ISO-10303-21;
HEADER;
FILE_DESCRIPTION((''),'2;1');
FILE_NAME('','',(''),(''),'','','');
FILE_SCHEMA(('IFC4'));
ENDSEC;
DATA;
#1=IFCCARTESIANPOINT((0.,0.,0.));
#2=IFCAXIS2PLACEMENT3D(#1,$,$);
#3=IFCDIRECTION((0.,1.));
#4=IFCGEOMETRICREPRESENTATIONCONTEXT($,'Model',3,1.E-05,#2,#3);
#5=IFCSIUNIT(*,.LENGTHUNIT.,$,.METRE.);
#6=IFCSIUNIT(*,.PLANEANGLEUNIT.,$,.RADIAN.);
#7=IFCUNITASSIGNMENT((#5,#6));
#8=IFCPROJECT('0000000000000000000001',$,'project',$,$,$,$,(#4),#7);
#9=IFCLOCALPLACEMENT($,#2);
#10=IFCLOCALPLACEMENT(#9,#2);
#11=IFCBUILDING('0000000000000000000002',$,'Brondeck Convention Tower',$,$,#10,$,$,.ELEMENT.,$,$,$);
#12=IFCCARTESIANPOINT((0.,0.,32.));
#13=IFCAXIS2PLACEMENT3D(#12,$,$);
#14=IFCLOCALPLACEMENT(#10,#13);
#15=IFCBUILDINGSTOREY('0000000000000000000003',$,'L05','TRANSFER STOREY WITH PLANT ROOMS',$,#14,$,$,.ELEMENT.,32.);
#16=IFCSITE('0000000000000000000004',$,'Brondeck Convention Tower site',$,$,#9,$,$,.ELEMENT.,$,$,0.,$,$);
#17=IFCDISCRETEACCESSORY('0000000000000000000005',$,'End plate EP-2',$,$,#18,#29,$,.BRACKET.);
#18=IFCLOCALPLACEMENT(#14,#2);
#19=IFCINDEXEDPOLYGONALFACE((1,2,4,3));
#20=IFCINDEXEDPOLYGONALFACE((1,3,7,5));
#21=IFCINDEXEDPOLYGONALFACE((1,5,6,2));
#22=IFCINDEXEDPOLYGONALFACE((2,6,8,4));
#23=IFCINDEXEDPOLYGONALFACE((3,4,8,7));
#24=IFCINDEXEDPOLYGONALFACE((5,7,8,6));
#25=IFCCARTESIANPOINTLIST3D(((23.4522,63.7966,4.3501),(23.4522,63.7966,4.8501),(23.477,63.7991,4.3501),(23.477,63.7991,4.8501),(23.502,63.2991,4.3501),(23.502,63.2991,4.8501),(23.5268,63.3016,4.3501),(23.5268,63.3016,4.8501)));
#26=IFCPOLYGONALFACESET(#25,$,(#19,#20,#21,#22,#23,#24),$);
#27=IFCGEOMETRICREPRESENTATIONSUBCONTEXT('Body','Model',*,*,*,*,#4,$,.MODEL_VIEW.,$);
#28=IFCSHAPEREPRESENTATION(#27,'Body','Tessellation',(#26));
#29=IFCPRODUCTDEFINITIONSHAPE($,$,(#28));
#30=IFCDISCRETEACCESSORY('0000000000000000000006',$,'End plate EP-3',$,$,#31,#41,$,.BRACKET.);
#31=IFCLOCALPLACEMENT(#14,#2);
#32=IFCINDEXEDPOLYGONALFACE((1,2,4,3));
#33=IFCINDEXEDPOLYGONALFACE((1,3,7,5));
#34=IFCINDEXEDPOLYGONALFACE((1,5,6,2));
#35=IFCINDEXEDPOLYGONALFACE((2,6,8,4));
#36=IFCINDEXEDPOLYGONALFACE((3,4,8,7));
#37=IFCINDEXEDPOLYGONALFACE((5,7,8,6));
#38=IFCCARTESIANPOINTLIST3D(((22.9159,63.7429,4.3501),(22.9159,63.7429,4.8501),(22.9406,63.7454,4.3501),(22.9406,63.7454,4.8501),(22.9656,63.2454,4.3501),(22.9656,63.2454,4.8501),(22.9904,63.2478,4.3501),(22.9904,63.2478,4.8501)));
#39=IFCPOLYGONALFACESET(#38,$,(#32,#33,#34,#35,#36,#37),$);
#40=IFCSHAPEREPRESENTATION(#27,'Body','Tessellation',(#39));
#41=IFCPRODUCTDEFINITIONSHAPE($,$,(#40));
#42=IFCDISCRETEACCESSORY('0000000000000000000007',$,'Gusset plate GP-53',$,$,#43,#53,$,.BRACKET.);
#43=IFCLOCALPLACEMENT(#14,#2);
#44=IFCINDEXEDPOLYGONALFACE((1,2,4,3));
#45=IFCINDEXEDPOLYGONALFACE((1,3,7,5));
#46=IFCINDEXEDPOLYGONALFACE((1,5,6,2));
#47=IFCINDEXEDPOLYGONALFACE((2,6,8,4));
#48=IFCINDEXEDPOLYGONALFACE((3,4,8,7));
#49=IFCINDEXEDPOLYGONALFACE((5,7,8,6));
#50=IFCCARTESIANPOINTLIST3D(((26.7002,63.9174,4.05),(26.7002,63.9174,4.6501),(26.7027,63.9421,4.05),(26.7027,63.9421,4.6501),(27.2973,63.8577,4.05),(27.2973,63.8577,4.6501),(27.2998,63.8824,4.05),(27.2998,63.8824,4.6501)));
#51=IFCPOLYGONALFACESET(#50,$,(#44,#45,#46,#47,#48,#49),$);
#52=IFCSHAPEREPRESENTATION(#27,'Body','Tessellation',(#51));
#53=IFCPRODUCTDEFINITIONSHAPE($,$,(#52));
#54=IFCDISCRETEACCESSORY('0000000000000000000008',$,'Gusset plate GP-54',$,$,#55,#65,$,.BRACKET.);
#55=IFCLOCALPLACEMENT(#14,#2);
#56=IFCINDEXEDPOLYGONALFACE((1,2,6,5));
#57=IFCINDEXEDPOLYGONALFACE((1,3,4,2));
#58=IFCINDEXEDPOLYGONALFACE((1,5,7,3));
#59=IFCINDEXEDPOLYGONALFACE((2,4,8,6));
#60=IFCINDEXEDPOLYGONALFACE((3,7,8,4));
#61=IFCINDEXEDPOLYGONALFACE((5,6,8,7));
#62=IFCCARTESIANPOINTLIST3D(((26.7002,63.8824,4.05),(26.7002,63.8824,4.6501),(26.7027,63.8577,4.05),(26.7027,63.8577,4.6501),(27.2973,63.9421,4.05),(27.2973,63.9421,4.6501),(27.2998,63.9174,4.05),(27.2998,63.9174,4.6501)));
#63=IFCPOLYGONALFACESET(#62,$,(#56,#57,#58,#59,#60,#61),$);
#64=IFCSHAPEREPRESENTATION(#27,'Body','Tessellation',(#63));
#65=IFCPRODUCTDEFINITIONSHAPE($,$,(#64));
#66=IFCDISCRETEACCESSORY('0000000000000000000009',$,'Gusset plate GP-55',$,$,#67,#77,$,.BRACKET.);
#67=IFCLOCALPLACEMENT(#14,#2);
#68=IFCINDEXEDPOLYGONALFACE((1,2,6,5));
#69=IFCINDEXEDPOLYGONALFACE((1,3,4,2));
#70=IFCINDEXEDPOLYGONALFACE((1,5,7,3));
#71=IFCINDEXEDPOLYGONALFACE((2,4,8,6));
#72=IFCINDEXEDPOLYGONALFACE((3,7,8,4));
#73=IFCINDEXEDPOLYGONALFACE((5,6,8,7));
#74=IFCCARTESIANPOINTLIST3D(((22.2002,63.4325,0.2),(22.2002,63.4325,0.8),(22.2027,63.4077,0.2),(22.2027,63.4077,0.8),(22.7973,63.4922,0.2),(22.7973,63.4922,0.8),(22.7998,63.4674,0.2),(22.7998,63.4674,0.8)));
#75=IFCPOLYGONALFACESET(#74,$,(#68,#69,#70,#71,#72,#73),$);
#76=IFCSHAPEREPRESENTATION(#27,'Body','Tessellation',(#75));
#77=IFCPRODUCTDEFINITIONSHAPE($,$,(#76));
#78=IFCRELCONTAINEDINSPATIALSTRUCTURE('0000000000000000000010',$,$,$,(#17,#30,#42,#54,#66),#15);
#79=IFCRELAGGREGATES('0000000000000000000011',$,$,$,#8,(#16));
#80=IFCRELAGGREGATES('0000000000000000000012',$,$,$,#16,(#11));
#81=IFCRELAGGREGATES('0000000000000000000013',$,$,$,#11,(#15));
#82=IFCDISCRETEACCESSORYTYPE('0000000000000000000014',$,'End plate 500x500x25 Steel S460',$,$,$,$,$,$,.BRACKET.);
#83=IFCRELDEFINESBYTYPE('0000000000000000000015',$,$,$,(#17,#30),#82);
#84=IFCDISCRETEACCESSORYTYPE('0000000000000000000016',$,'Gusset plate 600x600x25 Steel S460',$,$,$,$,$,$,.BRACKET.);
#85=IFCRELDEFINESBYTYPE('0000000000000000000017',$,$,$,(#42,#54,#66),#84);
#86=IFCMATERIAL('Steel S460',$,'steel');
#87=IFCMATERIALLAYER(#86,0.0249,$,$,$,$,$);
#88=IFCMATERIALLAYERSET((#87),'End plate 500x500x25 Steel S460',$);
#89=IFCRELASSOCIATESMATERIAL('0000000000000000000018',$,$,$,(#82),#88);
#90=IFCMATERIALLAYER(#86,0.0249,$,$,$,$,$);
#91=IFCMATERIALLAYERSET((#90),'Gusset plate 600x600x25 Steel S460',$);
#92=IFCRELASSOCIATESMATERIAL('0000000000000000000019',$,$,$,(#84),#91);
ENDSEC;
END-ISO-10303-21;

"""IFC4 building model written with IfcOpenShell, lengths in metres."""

from ifc_helpers import new_model, si_unit, direction, frame, origin, origin_2d, place, context, subcontext, project, spatial, rectangle, extrude, material, layer, layer_set, type_object, element, save


model = new_model("IFC4")

# Units and contexts
model_context = context("Model", 3, precision=1e-05, world=origin(), true_north=direction((0.0, 1.0)))
body_context = subcontext(model_context, "Body", "Model", "MODEL_VIEW")
ifc_project = project(units=[si_unit("LENGTHUNIT", "METRE"), si_unit("PLANEANGLEUNIT", "RADIAN")], contexts=[model_context])

# Site, building, storey
site_placement = place(None, origin())
site = spatial("IfcSite", under=ifc_project, at=site_placement, Name="Brondeck Convention Tower site", CompositionType="ELEMENT", RefElevation=0.0)
building_placement = place(site_placement, origin())
building = spatial("IfcBuilding", under=site, at=building_placement, Name="Brondeck Convention Tower", CompositionType="ELEMENT")
storey_placement = place(building_placement, frame((0.0, 0.0, 32.0)))
storey = spatial("IfcBuildingStorey", under=building, at=storey_placement, Name="L05", Description="TRANSFER STOREY WITH PLANT ROOMS", CompositionType="ELEMENT", Elevation=32.0)

# Shared definitions
ifc_material_1 = material(Name="Steel S460", Category="steel")

# Discrete accessories
ifc_layer_1 = layer(ifc_material_1, 0.0249)
ifc_layer_set_1 = layer_set([ifc_layer_1], Name="End plate 500x500x25 Steel S460")
discrete_accessory_type_1 = type_object("IfcDiscreteAccessoryType", Name="End plate 500x500x25 Steel S460", PredefinedType="BRACKET", material=ifc_layer_set_1)
for number, where, z_axis, x_axis, name in (
    (1, (23.4895, 63.5491, 4.3501), (0.0, 0.0, 1.0), (0.099511, -0.995036, 0.0), "End plate EP-2"),
    (2, (22.9531, 63.4954, 4.3501), (0.0, 0.0, 1.0), (-0.099511, 0.995036, 0.0), "End plate EP-3"),
):
    element("IfcDiscreteAccessory", number, at=place(storey_placement, frame(where, z_axis=z_axis, x_axis=x_axis)), inside=storey, type_object=discrete_accessory_type_1, Name=name, PredefinedType="BRACKET", context=body_context, shape_type="SweptSolid", body=[
        extrude(rectangle(XDim=0.5, YDim=0.0249, at=origin_2d()), origin(), (0.0, 0.0, 1.0), 0.5),
    ])
ifc_layer_2 = layer(ifc_material_1, 0.0249)
ifc_layer_set_2 = layer_set([ifc_layer_2], Name="Gusset plate 600x600x25 Steel S460")
discrete_accessory_type_2 = type_object("IfcDiscreteAccessoryType", Name="Gusset plate 600x600x25 Steel S460", PredefinedType="BRACKET", material=ifc_layer_set_2)
for number, where, z_axis, x_axis, name in (
    (3, (27.0, 63.8999, 4.05), (0.0, 0.0, 1.0), (-0.995036, 0.099511, 0.0), "Gusset plate GP-53"),
    (4, (27.0, 63.8999, 4.05), (0.0, 0.0, 1.0), (0.995036, 0.099511, 0.0), "Gusset plate GP-54"),
    (5, (22.5, 63.45, 0.2), (0.0, 0.0, 1.0), (0.995036, 0.099511, 0.0), "Gusset plate GP-55"),
):
    element("IfcDiscreteAccessory", number, at=place(storey_placement, frame(where, z_axis=z_axis, x_axis=x_axis)), inside=storey, type_object=discrete_accessory_type_2, Name=name, PredefinedType="BRACKET", context=body_context, shape_type="SweptSolid", body=[
        extrude(rectangle(XDim=0.6001, YDim=0.0249, at=origin_2d()), origin(), (0.0, 0.0, 1.0), 0.6001),
    ])

save(model, "model.ifc")
